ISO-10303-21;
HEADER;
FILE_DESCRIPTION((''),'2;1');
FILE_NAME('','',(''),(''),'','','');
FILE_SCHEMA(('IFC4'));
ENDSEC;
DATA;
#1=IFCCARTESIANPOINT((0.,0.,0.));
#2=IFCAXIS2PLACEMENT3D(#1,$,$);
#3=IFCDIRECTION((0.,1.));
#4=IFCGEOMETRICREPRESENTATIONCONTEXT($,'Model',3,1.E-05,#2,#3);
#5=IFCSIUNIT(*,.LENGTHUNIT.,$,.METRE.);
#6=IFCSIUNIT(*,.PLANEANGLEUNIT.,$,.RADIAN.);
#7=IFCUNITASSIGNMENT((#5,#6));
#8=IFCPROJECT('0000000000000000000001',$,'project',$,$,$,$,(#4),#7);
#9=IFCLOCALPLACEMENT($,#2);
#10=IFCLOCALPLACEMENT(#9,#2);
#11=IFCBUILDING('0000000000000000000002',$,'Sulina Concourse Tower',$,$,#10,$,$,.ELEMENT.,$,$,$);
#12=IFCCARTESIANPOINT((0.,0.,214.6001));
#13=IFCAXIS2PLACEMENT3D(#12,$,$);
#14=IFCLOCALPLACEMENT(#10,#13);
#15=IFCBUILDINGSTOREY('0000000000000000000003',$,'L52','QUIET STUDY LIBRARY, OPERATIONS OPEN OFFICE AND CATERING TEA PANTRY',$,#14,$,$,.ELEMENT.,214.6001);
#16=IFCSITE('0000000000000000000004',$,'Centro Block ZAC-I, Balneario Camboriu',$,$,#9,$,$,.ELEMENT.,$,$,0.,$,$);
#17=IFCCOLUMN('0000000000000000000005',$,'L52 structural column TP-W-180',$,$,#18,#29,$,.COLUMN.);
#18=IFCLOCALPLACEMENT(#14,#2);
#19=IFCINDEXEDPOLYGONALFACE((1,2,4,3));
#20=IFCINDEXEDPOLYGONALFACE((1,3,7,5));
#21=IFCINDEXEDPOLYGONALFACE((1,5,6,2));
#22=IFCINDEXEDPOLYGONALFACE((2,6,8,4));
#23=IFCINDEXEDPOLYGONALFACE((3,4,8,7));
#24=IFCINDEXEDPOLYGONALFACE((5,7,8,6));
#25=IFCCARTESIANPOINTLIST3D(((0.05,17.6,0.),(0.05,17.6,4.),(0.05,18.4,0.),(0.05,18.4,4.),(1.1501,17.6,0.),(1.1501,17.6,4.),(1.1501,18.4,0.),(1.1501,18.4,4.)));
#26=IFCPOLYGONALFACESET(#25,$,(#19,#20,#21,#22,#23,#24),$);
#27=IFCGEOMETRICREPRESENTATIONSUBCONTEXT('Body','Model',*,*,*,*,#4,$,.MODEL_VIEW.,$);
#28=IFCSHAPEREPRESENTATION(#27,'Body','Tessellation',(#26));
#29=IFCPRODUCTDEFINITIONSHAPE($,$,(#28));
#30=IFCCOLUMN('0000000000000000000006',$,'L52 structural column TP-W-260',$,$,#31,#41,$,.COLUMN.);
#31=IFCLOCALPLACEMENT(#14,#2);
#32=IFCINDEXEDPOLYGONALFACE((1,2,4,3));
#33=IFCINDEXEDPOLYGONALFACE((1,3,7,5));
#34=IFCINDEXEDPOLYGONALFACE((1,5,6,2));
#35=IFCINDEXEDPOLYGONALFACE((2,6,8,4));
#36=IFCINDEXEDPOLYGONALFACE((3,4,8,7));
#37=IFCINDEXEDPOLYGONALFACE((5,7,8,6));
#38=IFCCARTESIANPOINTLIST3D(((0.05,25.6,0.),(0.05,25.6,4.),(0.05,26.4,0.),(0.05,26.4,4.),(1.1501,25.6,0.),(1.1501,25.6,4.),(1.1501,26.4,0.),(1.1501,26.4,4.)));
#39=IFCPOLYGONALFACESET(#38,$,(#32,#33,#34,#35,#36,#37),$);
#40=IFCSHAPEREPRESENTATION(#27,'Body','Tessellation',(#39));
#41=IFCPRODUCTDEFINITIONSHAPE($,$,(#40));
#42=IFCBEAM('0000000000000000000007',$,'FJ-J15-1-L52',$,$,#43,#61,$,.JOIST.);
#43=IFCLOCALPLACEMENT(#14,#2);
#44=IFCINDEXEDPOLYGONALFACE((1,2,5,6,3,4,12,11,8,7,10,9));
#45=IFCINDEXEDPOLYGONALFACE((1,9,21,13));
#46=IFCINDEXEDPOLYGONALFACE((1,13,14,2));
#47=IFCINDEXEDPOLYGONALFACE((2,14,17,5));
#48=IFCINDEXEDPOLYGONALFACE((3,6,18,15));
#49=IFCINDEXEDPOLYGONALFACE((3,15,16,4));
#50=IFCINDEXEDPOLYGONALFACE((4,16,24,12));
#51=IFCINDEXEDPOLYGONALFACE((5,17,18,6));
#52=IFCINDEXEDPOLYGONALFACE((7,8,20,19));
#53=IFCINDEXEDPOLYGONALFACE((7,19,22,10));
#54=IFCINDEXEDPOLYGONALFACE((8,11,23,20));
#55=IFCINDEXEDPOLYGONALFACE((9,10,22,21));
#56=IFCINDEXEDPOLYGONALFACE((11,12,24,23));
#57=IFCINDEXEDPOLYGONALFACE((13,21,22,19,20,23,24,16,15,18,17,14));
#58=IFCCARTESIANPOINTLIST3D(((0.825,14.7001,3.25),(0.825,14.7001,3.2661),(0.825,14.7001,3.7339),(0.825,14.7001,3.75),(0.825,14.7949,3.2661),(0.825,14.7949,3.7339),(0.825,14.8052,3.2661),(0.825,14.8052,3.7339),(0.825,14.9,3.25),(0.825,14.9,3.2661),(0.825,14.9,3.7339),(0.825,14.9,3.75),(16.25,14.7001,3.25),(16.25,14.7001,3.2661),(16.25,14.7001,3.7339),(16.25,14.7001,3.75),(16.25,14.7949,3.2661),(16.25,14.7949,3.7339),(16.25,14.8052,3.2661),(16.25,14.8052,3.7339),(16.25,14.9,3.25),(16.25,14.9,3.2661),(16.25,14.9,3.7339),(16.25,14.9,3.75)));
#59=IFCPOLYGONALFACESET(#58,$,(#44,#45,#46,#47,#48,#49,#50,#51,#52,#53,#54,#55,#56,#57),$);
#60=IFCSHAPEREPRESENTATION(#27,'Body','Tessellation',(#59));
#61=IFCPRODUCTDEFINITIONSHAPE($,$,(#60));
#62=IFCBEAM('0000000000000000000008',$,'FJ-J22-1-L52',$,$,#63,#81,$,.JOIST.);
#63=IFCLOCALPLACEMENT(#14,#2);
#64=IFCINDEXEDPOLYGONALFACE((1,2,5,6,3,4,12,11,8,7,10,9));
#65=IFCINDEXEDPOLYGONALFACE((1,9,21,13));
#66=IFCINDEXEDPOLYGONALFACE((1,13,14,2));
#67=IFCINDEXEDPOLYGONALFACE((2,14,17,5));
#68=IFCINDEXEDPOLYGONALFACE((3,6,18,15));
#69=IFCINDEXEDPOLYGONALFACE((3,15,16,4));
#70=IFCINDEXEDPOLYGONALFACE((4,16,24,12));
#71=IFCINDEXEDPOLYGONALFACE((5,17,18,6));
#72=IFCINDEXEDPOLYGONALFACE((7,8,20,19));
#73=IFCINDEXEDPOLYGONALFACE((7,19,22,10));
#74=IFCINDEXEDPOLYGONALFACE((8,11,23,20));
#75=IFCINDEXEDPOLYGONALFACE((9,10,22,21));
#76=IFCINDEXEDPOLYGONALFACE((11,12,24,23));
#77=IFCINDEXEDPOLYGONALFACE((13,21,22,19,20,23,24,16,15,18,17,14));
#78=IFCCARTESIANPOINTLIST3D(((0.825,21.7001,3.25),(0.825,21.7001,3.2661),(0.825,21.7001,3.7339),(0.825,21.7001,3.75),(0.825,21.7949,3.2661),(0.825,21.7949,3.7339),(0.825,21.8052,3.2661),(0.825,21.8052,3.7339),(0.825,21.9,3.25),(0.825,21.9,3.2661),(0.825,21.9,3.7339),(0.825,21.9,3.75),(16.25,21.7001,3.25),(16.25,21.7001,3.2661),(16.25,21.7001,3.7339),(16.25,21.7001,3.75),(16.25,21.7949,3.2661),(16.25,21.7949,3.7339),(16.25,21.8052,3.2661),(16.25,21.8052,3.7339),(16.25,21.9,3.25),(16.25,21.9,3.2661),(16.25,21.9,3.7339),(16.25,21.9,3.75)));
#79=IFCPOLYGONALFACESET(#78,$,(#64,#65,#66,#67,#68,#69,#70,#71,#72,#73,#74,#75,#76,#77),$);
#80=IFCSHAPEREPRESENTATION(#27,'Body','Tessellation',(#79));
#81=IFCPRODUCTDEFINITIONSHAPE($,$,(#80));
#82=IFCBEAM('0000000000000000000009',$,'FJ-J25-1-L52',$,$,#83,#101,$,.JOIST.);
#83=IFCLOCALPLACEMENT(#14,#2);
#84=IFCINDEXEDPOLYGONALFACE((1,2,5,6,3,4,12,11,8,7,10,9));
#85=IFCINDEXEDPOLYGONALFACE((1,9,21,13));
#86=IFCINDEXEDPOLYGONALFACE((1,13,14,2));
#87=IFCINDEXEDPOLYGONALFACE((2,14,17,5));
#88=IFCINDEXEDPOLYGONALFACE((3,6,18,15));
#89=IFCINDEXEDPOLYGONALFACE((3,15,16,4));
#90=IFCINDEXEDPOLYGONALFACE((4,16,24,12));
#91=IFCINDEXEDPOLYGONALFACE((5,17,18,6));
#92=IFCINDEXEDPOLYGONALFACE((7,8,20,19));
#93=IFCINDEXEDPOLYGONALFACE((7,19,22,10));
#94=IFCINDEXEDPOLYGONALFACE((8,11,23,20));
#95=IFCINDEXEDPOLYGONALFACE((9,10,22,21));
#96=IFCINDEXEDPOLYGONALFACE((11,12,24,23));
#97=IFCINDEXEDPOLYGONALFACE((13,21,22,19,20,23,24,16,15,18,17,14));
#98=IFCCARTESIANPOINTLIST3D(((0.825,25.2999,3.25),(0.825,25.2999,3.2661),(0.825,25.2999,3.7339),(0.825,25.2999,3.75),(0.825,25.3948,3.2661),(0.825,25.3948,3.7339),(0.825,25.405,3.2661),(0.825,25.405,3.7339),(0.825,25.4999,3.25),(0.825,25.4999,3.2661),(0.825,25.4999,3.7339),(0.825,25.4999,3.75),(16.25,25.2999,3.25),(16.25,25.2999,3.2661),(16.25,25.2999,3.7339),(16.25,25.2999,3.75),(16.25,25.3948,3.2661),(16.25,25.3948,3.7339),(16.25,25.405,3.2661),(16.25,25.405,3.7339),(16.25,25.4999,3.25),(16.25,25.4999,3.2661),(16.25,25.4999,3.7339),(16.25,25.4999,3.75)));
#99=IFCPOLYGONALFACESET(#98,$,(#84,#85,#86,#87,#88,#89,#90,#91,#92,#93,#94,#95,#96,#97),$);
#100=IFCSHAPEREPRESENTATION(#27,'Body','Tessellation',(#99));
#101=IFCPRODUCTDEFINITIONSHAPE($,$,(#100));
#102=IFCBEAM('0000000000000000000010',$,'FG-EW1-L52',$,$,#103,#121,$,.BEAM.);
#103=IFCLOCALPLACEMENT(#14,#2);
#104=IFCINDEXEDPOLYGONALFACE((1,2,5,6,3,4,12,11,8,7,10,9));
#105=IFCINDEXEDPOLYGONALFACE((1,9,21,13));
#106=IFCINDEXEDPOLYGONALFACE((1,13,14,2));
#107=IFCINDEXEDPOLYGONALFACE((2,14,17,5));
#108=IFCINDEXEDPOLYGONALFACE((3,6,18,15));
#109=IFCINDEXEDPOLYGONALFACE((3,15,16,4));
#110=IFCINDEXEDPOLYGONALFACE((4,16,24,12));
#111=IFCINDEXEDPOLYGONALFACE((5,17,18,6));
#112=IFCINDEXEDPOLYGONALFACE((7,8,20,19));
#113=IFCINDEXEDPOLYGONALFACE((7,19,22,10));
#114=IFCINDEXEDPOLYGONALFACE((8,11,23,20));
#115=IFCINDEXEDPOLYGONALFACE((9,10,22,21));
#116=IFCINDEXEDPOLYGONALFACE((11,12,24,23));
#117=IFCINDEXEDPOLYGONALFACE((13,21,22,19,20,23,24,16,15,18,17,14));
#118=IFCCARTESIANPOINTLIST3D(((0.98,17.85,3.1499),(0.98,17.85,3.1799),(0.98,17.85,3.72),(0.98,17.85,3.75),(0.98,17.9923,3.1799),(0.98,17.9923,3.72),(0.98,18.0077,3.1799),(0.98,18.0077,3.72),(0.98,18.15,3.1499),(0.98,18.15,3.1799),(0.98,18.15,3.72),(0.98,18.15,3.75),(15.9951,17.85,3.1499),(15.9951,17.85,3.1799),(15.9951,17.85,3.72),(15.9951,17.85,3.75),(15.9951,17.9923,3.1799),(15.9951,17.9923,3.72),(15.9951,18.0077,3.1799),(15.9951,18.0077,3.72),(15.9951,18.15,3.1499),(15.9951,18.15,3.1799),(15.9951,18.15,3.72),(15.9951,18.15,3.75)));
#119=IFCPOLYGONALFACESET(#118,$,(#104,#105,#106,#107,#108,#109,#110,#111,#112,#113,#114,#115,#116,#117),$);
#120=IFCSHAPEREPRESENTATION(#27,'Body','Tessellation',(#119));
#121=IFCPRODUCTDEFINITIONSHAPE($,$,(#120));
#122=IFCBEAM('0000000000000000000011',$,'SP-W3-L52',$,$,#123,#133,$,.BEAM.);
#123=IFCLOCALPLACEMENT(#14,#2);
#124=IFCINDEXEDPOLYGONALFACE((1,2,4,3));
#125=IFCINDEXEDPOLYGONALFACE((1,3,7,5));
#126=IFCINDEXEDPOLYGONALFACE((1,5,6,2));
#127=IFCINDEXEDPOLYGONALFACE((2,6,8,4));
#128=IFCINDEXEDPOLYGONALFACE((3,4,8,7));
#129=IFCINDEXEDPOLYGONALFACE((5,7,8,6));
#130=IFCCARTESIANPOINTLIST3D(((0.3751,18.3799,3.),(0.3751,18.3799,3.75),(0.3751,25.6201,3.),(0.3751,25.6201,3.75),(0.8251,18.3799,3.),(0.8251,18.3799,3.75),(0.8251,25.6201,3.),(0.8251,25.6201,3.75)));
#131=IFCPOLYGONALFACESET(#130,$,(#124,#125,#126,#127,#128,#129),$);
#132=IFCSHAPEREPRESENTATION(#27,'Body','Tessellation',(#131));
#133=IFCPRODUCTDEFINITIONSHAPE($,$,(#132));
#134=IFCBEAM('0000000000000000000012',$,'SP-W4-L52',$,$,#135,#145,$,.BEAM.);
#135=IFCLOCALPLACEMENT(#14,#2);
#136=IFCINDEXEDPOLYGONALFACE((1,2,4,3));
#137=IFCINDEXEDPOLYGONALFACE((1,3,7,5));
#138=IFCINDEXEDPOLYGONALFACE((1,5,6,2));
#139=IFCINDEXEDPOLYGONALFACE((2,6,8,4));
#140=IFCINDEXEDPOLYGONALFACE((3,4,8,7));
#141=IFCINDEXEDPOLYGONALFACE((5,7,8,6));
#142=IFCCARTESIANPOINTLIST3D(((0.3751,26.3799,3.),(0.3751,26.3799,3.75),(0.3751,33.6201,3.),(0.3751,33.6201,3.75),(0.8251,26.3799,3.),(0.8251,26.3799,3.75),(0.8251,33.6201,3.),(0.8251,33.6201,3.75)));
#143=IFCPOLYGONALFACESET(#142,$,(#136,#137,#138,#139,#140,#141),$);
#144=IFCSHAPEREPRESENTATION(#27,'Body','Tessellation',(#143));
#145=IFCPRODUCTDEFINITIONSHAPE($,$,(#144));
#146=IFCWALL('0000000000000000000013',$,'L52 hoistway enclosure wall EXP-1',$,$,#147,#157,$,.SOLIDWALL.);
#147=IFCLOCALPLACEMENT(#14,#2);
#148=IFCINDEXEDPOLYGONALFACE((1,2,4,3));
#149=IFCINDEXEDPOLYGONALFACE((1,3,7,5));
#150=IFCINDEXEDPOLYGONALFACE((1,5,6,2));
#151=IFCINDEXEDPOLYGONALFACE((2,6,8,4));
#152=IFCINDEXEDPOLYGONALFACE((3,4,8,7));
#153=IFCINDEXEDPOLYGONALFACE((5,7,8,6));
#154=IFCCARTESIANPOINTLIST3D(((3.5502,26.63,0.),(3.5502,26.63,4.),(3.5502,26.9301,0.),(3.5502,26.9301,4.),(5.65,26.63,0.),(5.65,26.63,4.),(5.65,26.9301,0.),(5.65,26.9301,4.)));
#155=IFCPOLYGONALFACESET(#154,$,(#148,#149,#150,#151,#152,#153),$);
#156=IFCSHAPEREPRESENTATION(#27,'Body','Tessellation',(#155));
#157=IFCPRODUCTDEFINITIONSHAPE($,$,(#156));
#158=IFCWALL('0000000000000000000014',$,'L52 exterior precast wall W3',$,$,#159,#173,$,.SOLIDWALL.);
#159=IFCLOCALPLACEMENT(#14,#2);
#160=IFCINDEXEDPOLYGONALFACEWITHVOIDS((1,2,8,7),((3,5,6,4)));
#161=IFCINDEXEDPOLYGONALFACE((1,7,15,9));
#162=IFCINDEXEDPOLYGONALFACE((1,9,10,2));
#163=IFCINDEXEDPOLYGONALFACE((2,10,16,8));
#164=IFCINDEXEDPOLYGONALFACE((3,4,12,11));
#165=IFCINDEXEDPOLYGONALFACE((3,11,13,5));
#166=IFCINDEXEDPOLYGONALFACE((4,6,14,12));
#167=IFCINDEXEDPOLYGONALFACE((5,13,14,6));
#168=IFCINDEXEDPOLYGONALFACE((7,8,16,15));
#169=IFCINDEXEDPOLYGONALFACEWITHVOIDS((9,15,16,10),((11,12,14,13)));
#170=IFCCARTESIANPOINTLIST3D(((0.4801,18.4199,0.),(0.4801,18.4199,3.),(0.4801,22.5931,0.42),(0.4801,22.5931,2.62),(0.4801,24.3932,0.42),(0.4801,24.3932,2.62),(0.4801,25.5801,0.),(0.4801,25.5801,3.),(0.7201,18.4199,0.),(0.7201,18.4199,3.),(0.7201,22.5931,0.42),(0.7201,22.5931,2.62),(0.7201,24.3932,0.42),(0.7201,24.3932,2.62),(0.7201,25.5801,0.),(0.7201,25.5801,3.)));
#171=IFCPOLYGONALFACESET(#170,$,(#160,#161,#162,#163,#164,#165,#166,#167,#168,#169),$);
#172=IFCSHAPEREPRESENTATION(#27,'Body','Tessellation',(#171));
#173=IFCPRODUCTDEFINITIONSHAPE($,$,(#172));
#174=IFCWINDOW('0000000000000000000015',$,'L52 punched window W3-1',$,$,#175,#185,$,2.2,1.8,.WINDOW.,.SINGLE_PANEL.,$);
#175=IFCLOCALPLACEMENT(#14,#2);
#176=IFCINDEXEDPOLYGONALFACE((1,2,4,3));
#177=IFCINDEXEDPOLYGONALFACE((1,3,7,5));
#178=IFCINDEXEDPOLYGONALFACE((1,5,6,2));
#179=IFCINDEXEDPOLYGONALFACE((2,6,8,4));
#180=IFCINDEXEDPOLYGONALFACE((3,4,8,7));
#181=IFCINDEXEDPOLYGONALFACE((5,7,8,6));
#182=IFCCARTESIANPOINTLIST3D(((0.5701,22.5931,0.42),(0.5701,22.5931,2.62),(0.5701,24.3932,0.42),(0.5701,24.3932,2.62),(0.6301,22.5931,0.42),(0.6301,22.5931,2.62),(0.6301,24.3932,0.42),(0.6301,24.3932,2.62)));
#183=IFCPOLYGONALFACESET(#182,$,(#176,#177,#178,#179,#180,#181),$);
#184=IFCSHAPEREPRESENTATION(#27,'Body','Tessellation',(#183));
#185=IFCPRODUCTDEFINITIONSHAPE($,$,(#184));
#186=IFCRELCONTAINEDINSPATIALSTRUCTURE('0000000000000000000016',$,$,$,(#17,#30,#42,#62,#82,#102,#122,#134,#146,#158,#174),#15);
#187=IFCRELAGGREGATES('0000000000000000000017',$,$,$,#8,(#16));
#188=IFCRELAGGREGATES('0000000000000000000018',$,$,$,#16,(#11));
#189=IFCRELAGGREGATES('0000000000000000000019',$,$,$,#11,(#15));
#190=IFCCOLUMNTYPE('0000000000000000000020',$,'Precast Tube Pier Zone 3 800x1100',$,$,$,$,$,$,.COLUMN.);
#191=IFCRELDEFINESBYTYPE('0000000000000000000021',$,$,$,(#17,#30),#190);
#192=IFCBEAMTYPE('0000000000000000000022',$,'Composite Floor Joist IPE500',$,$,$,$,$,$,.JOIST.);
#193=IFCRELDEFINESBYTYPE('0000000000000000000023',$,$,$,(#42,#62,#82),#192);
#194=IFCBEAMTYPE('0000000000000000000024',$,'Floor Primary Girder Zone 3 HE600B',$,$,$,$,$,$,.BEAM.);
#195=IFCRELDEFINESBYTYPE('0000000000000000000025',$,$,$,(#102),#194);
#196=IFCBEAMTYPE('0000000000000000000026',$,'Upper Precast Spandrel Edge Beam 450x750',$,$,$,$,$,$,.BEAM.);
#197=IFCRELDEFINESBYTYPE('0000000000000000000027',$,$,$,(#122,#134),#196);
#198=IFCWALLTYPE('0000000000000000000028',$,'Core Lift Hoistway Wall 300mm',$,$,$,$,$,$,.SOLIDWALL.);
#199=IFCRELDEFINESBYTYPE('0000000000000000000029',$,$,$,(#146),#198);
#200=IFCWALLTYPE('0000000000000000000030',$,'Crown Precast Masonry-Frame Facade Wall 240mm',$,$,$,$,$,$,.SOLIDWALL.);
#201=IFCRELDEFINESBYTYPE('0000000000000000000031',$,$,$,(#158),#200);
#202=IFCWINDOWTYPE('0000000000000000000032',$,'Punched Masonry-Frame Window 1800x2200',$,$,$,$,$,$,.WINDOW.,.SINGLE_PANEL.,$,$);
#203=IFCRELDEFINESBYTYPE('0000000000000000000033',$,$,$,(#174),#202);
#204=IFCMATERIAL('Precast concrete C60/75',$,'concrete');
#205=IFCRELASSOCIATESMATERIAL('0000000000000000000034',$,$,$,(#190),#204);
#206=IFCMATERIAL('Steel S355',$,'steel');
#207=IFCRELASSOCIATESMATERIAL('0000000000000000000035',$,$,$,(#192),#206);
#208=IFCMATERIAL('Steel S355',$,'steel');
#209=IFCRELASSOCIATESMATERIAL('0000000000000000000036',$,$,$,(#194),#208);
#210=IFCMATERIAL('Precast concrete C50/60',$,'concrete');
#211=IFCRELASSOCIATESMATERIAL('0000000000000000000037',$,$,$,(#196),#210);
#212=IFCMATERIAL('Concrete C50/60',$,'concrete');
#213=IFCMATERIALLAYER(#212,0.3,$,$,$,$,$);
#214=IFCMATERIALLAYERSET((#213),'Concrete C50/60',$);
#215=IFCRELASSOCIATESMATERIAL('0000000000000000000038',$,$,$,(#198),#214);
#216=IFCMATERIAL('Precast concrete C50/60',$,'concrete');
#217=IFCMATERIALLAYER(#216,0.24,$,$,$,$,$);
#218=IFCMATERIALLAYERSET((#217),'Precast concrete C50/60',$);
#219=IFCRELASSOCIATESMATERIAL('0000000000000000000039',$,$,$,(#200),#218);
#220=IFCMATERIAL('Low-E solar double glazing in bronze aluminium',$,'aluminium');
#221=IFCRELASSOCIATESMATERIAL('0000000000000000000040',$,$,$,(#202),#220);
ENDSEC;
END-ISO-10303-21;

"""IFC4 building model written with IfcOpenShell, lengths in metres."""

from ifc_helpers import new_model, si_unit, direction, frame, frame_2d, origin, origin_2d, place, context, subcontext, project, spatial, rectangle, i_section, extrude, material, layer, layer_set, material_profile, profile_set, type_object, element, fill, save


model = new_model("IFC4")

# Units and contexts
model_context = context("Model", 3, precision=1e-05, world=origin(), true_north=direction((0.0, 1.0)))
body_context = subcontext(model_context, "Body", "Model", "MODEL_VIEW")
ifc_project = project(units=[si_unit("LENGTHUNIT", "METRE"), si_unit("PLANEANGLEUNIT", "RADIAN")], contexts=[model_context])

# Site, building, storey
site_placement = place(None, origin())
site = spatial("IfcSite", under=ifc_project, at=site_placement, Name="Centro Block ZAC-I, Balneario Camboriu", CompositionType="ELEMENT", RefElevation=0.0)
building_placement = place(site_placement, origin())
building = spatial("IfcBuilding", under=site, at=building_placement, Name="Sulina Concourse Tower", CompositionType="ELEMENT")
storey_placement = place(building_placement, frame((0.0, 0.0, 214.6001)))
storey = spatial("IfcBuildingStorey", under=building, at=storey_placement, Name="L52", Description="QUIET STUDY LIBRARY, OPERATIONS OPEN OFFICE AND CATERING TEA PANTRY", CompositionType="ELEMENT", Elevation=214.6001)

# Columns
ifc_material_1 = material(Name="Precast concrete C60/75", Category="concrete")
ifc_material_profile_1 = material_profile(ifc_material_1, rectangle(XDim=0.8, YDim=1.1001, at=origin_2d()), Name="PC 800x1100")
ifc_profile_set_1 = profile_set([ifc_material_profile_1], Name="Precast concrete C60/75")
column_type = type_object("IfcColumnType", Name="Precast Tube Pier Zone 3 800x1100", PredefinedType="COLUMN", material=ifc_profile_set_1)
for number, where, z_axis, x_axis, name in (
    (1, (0.6001, 18.0, 0.0), (0.0, 0.0, 1.0), (0.0, 1.0, 0.0), "L52 structural column TP-W-180"),
    (2, (0.6001, 26.0, 0.0), (0.0, 0.0, 1.0), (0.0, 1.0, 0.0), "L52 structural column TP-W-260"),
):
    element("IfcColumn", number, at=place(storey_placement, frame(where, z_axis=z_axis, x_axis=x_axis)), inside=storey, type_object=column_type, Name=name, PredefinedType="COLUMN", context=body_context, shape_type="SweptSolid", body=[
        extrude(rectangle(XDim=0.8, YDim=1.1001, at=origin_2d()), origin(), (0.0, 0.0, 1.0), 4.0),
    ])

# Beams
ifc_material_2 = material(Name="Steel S355", Category="steel")
ifc_material_profile_2 = material_profile(ifc_material_2, i_section(OverallWidth=0.2, OverallDepth=0.5, WebThickness=0.0103, FlangeThickness=0.0161, at=origin_2d()), Name="IPE 500")
ifc_profile_set_2 = profile_set([ifc_material_profile_2], Name="Steel S355")
beam_type_1 = type_object("IfcBeamType", Name="Composite Floor Joist IPE500", PredefinedType="JOIST", material=ifc_profile_set_2)
for number, where, z_axis, x_axis, name in (
    (3, (0.825, 14.8, 3.5), (1.0, 0.0, 0.0), (0.0, 1.0, 0.0), "FJ-J15-1-L52"),
    (4, (0.825, 21.8, 3.5), (1.0, 0.0, 0.0), (0.0, 1.0, 0.0), "FJ-J22-1-L52"),
    (5, (0.825, 25.3999, 3.5), (1.0, 0.0, 0.0), (0.0, 1.0, 0.0), "FJ-J25-1-L52"),
):
    element("IfcBeam", number, at=place(storey_placement, frame(where, z_axis=z_axis, x_axis=x_axis)), inside=storey, type_object=beam_type_1, Name=name, PredefinedType="JOIST", context=body_context, shape_type="SweptSolid", body=[
        extrude(i_section(OverallWidth=0.2, OverallDepth=0.5, WebThickness=0.0103, FlangeThickness=0.0161, at=origin_2d()), origin(), (0.0, 0.0, 1.0), 15.425),
    ])
ifc_material_3 = material(Name="Steel S355", Category="steel")
ifc_material_profile_3 = material_profile(ifc_material_3, i_section(OverallWidth=0.3, OverallDepth=0.6001, WebThickness=0.0154, FlangeThickness=0.03, at=origin_2d()), Name="HE 600 B")
ifc_profile_set_3 = profile_set([ifc_material_profile_3], Name="Steel S355")
beam_type_2 = type_object("IfcBeamType", Name="Floor Primary Girder Zone 3 HE600B", PredefinedType="BEAM", material=ifc_profile_set_3)
beam_placement = place(storey_placement, frame((0.98, 18.0, 3.45), z_axis=(1.0, 0.0, 0.0), x_axis=(0.0, 1.0, 0.0)))
element("IfcBeam", 6, at=beam_placement, inside=storey, type_object=beam_type_2, Name="FG-EW1-L52", PredefinedType="BEAM", context=body_context, shape_type="SweptSolid", body=[
    extrude(i_section(OverallWidth=0.3, OverallDepth=0.6001, WebThickness=0.0154, FlangeThickness=0.03, at=origin_2d()), origin(), (0.0, 0.0, 1.0), 15.0151),
])
ifc_material_4 = material(Name="Precast concrete C50/60", Category="concrete")
ifc_material_profile_4 = material_profile(ifc_material_4, rectangle(XDim=0.45, YDim=0.75, at=origin_2d()), Name="RC 450x750")
ifc_profile_set_4 = profile_set([ifc_material_profile_4], Name="Precast concrete C50/60")
beam_type_3 = type_object("IfcBeamType", Name="Upper Precast Spandrel Edge Beam 450x750", PredefinedType="BEAM", material=ifc_profile_set_4)
for number, where, z_axis, x_axis, name in (
    (7, (0.6001, 18.3799, 3.375), (0.0, 1.0, 0.0), (-1.0, 0.0, 0.0), "SP-W3-L52"),
    (8, (0.6001, 26.3799, 3.375), (0.0, 1.0, 0.0), (-1.0, 0.0, 0.0), "SP-W4-L52"),
):
    element("IfcBeam", number, at=place(storey_placement, frame(where, z_axis=z_axis, x_axis=x_axis)), inside=storey, type_object=beam_type_3, Name=name, PredefinedType="BEAM", context=body_context, shape_type="SweptSolid", body=[
        extrude(rectangle(XDim=0.45, YDim=0.75, at=origin_2d()), origin(), (0.0, 0.0, 1.0), 7.2402),
    ])

# Wall
ifc_material_5 = material(Name="Concrete C50/60", Category="concrete")
ifc_layer_1 = layer(ifc_material_5, 0.3)
ifc_layer_set_1 = layer_set([ifc_layer_1], Name="Concrete C50/60")
wall_type_1 = type_object("IfcWallType", Name="Core Lift Hoistway Wall 300mm", PredefinedType="SOLIDWALL", material=ifc_layer_set_1)
wall_1_placement = place(storey_placement, frame((5.6499, 26.78, 0.0), z_axis=(0.0, 0.0, 1.0), x_axis=(-1.0, 0.0, 0.0)))
element("IfcWall", 9, at=wall_1_placement, inside=storey, type_object=wall_type_1, Name="L52 hoistway enclosure wall EXP-1", PredefinedType="SOLIDWALL", context=body_context, shape_type="SweptSolid", body=[
    extrude(rectangle(XDim=2.0999, YDim=0.3, at=frame_2d((1.0498, 0.0))), origin(), (0.0, 0.0, 1.0), 4.0),
])

# Wall, opening, window
ifc_material_6 = material(Name="Precast concrete C50/60", Category="concrete")
ifc_layer_2 = layer(ifc_material_6, 0.24)
ifc_layer_set_2 = layer_set([ifc_layer_2], Name="Precast concrete C50/60")
wall_type_2 = type_object("IfcWallType", Name="Crown Precast Masonry-Frame Facade Wall 240mm", PredefinedType="SOLIDWALL", material=ifc_layer_set_2)
wall_2_placement = place(storey_placement, frame((0.6001, 18.4199, 0.0), z_axis=(0.0, 0.0, 1.0), x_axis=(0.0, 1.0, 0.0)))
wall_2 = element("IfcWall", 10, at=wall_2_placement, inside=storey, type_object=wall_type_2, Name="L52 exterior precast wall W3", PredefinedType="SOLIDWALL", context=body_context, shape_type="SweptSolid", body=[
    extrude(rectangle(XDim=7.1602, YDim=0.24, at=frame_2d((3.5801, 0.0))), origin(), (0.0, 0.0, 1.0), 3.0),
])
opening_1_placement = place(wall_2_placement, frame((4.1733, 0.0, 0.4199)))
opening_1 = element("IfcOpeningElement", 11, at=opening_1_placement, cuts=wall_2, PredefinedType="OPENING", context=body_context, shape_type="SweptSolid", body=[
    extrude(rectangle(XDim=1.8, YDim=2.2, at=frame_2d((0.8999, 1.1001))), frame((0.0, 0.1299, 0.0), z_axis=(0.0, -1.0, 0.0), x_axis=(1.0, 0.0, 0.0)), (0.0, 0.0, 1.0), 0.26),
])
ifc_material_7 = material(Name="Low-E solar double glazing in bronze aluminium", Category="aluminium")
window_type = type_object("IfcWindowType", Name="Punched Masonry-Frame Window 1800x2200", PartitioningType="SINGLE_PANEL", PredefinedType="WINDOW", material=ifc_material_7)
window_placement = place(opening_1_placement, origin())
window = element("IfcWindow", 12, at=window_placement, inside=storey, type_object=window_type, Name="L52 punched window W3-1", OverallHeight=2.2, OverallWidth=1.8, PartitioningType="SINGLE_PANEL", PredefinedType="WINDOW", context=body_context, shape_type="SweptSolid", body=[
    extrude(rectangle(XDim=1.8, YDim=2.2, at=frame_2d((0.8999, 1.1001))), frame((0.0, 0.03, 0.0), z_axis=(0.0, -1.0, 0.0), x_axis=(1.0, 0.0, 0.0)), (0.0, 0.0, 1.0), 0.0601),
])
fill(opening_1, window)

save(model, "model.ifc")
